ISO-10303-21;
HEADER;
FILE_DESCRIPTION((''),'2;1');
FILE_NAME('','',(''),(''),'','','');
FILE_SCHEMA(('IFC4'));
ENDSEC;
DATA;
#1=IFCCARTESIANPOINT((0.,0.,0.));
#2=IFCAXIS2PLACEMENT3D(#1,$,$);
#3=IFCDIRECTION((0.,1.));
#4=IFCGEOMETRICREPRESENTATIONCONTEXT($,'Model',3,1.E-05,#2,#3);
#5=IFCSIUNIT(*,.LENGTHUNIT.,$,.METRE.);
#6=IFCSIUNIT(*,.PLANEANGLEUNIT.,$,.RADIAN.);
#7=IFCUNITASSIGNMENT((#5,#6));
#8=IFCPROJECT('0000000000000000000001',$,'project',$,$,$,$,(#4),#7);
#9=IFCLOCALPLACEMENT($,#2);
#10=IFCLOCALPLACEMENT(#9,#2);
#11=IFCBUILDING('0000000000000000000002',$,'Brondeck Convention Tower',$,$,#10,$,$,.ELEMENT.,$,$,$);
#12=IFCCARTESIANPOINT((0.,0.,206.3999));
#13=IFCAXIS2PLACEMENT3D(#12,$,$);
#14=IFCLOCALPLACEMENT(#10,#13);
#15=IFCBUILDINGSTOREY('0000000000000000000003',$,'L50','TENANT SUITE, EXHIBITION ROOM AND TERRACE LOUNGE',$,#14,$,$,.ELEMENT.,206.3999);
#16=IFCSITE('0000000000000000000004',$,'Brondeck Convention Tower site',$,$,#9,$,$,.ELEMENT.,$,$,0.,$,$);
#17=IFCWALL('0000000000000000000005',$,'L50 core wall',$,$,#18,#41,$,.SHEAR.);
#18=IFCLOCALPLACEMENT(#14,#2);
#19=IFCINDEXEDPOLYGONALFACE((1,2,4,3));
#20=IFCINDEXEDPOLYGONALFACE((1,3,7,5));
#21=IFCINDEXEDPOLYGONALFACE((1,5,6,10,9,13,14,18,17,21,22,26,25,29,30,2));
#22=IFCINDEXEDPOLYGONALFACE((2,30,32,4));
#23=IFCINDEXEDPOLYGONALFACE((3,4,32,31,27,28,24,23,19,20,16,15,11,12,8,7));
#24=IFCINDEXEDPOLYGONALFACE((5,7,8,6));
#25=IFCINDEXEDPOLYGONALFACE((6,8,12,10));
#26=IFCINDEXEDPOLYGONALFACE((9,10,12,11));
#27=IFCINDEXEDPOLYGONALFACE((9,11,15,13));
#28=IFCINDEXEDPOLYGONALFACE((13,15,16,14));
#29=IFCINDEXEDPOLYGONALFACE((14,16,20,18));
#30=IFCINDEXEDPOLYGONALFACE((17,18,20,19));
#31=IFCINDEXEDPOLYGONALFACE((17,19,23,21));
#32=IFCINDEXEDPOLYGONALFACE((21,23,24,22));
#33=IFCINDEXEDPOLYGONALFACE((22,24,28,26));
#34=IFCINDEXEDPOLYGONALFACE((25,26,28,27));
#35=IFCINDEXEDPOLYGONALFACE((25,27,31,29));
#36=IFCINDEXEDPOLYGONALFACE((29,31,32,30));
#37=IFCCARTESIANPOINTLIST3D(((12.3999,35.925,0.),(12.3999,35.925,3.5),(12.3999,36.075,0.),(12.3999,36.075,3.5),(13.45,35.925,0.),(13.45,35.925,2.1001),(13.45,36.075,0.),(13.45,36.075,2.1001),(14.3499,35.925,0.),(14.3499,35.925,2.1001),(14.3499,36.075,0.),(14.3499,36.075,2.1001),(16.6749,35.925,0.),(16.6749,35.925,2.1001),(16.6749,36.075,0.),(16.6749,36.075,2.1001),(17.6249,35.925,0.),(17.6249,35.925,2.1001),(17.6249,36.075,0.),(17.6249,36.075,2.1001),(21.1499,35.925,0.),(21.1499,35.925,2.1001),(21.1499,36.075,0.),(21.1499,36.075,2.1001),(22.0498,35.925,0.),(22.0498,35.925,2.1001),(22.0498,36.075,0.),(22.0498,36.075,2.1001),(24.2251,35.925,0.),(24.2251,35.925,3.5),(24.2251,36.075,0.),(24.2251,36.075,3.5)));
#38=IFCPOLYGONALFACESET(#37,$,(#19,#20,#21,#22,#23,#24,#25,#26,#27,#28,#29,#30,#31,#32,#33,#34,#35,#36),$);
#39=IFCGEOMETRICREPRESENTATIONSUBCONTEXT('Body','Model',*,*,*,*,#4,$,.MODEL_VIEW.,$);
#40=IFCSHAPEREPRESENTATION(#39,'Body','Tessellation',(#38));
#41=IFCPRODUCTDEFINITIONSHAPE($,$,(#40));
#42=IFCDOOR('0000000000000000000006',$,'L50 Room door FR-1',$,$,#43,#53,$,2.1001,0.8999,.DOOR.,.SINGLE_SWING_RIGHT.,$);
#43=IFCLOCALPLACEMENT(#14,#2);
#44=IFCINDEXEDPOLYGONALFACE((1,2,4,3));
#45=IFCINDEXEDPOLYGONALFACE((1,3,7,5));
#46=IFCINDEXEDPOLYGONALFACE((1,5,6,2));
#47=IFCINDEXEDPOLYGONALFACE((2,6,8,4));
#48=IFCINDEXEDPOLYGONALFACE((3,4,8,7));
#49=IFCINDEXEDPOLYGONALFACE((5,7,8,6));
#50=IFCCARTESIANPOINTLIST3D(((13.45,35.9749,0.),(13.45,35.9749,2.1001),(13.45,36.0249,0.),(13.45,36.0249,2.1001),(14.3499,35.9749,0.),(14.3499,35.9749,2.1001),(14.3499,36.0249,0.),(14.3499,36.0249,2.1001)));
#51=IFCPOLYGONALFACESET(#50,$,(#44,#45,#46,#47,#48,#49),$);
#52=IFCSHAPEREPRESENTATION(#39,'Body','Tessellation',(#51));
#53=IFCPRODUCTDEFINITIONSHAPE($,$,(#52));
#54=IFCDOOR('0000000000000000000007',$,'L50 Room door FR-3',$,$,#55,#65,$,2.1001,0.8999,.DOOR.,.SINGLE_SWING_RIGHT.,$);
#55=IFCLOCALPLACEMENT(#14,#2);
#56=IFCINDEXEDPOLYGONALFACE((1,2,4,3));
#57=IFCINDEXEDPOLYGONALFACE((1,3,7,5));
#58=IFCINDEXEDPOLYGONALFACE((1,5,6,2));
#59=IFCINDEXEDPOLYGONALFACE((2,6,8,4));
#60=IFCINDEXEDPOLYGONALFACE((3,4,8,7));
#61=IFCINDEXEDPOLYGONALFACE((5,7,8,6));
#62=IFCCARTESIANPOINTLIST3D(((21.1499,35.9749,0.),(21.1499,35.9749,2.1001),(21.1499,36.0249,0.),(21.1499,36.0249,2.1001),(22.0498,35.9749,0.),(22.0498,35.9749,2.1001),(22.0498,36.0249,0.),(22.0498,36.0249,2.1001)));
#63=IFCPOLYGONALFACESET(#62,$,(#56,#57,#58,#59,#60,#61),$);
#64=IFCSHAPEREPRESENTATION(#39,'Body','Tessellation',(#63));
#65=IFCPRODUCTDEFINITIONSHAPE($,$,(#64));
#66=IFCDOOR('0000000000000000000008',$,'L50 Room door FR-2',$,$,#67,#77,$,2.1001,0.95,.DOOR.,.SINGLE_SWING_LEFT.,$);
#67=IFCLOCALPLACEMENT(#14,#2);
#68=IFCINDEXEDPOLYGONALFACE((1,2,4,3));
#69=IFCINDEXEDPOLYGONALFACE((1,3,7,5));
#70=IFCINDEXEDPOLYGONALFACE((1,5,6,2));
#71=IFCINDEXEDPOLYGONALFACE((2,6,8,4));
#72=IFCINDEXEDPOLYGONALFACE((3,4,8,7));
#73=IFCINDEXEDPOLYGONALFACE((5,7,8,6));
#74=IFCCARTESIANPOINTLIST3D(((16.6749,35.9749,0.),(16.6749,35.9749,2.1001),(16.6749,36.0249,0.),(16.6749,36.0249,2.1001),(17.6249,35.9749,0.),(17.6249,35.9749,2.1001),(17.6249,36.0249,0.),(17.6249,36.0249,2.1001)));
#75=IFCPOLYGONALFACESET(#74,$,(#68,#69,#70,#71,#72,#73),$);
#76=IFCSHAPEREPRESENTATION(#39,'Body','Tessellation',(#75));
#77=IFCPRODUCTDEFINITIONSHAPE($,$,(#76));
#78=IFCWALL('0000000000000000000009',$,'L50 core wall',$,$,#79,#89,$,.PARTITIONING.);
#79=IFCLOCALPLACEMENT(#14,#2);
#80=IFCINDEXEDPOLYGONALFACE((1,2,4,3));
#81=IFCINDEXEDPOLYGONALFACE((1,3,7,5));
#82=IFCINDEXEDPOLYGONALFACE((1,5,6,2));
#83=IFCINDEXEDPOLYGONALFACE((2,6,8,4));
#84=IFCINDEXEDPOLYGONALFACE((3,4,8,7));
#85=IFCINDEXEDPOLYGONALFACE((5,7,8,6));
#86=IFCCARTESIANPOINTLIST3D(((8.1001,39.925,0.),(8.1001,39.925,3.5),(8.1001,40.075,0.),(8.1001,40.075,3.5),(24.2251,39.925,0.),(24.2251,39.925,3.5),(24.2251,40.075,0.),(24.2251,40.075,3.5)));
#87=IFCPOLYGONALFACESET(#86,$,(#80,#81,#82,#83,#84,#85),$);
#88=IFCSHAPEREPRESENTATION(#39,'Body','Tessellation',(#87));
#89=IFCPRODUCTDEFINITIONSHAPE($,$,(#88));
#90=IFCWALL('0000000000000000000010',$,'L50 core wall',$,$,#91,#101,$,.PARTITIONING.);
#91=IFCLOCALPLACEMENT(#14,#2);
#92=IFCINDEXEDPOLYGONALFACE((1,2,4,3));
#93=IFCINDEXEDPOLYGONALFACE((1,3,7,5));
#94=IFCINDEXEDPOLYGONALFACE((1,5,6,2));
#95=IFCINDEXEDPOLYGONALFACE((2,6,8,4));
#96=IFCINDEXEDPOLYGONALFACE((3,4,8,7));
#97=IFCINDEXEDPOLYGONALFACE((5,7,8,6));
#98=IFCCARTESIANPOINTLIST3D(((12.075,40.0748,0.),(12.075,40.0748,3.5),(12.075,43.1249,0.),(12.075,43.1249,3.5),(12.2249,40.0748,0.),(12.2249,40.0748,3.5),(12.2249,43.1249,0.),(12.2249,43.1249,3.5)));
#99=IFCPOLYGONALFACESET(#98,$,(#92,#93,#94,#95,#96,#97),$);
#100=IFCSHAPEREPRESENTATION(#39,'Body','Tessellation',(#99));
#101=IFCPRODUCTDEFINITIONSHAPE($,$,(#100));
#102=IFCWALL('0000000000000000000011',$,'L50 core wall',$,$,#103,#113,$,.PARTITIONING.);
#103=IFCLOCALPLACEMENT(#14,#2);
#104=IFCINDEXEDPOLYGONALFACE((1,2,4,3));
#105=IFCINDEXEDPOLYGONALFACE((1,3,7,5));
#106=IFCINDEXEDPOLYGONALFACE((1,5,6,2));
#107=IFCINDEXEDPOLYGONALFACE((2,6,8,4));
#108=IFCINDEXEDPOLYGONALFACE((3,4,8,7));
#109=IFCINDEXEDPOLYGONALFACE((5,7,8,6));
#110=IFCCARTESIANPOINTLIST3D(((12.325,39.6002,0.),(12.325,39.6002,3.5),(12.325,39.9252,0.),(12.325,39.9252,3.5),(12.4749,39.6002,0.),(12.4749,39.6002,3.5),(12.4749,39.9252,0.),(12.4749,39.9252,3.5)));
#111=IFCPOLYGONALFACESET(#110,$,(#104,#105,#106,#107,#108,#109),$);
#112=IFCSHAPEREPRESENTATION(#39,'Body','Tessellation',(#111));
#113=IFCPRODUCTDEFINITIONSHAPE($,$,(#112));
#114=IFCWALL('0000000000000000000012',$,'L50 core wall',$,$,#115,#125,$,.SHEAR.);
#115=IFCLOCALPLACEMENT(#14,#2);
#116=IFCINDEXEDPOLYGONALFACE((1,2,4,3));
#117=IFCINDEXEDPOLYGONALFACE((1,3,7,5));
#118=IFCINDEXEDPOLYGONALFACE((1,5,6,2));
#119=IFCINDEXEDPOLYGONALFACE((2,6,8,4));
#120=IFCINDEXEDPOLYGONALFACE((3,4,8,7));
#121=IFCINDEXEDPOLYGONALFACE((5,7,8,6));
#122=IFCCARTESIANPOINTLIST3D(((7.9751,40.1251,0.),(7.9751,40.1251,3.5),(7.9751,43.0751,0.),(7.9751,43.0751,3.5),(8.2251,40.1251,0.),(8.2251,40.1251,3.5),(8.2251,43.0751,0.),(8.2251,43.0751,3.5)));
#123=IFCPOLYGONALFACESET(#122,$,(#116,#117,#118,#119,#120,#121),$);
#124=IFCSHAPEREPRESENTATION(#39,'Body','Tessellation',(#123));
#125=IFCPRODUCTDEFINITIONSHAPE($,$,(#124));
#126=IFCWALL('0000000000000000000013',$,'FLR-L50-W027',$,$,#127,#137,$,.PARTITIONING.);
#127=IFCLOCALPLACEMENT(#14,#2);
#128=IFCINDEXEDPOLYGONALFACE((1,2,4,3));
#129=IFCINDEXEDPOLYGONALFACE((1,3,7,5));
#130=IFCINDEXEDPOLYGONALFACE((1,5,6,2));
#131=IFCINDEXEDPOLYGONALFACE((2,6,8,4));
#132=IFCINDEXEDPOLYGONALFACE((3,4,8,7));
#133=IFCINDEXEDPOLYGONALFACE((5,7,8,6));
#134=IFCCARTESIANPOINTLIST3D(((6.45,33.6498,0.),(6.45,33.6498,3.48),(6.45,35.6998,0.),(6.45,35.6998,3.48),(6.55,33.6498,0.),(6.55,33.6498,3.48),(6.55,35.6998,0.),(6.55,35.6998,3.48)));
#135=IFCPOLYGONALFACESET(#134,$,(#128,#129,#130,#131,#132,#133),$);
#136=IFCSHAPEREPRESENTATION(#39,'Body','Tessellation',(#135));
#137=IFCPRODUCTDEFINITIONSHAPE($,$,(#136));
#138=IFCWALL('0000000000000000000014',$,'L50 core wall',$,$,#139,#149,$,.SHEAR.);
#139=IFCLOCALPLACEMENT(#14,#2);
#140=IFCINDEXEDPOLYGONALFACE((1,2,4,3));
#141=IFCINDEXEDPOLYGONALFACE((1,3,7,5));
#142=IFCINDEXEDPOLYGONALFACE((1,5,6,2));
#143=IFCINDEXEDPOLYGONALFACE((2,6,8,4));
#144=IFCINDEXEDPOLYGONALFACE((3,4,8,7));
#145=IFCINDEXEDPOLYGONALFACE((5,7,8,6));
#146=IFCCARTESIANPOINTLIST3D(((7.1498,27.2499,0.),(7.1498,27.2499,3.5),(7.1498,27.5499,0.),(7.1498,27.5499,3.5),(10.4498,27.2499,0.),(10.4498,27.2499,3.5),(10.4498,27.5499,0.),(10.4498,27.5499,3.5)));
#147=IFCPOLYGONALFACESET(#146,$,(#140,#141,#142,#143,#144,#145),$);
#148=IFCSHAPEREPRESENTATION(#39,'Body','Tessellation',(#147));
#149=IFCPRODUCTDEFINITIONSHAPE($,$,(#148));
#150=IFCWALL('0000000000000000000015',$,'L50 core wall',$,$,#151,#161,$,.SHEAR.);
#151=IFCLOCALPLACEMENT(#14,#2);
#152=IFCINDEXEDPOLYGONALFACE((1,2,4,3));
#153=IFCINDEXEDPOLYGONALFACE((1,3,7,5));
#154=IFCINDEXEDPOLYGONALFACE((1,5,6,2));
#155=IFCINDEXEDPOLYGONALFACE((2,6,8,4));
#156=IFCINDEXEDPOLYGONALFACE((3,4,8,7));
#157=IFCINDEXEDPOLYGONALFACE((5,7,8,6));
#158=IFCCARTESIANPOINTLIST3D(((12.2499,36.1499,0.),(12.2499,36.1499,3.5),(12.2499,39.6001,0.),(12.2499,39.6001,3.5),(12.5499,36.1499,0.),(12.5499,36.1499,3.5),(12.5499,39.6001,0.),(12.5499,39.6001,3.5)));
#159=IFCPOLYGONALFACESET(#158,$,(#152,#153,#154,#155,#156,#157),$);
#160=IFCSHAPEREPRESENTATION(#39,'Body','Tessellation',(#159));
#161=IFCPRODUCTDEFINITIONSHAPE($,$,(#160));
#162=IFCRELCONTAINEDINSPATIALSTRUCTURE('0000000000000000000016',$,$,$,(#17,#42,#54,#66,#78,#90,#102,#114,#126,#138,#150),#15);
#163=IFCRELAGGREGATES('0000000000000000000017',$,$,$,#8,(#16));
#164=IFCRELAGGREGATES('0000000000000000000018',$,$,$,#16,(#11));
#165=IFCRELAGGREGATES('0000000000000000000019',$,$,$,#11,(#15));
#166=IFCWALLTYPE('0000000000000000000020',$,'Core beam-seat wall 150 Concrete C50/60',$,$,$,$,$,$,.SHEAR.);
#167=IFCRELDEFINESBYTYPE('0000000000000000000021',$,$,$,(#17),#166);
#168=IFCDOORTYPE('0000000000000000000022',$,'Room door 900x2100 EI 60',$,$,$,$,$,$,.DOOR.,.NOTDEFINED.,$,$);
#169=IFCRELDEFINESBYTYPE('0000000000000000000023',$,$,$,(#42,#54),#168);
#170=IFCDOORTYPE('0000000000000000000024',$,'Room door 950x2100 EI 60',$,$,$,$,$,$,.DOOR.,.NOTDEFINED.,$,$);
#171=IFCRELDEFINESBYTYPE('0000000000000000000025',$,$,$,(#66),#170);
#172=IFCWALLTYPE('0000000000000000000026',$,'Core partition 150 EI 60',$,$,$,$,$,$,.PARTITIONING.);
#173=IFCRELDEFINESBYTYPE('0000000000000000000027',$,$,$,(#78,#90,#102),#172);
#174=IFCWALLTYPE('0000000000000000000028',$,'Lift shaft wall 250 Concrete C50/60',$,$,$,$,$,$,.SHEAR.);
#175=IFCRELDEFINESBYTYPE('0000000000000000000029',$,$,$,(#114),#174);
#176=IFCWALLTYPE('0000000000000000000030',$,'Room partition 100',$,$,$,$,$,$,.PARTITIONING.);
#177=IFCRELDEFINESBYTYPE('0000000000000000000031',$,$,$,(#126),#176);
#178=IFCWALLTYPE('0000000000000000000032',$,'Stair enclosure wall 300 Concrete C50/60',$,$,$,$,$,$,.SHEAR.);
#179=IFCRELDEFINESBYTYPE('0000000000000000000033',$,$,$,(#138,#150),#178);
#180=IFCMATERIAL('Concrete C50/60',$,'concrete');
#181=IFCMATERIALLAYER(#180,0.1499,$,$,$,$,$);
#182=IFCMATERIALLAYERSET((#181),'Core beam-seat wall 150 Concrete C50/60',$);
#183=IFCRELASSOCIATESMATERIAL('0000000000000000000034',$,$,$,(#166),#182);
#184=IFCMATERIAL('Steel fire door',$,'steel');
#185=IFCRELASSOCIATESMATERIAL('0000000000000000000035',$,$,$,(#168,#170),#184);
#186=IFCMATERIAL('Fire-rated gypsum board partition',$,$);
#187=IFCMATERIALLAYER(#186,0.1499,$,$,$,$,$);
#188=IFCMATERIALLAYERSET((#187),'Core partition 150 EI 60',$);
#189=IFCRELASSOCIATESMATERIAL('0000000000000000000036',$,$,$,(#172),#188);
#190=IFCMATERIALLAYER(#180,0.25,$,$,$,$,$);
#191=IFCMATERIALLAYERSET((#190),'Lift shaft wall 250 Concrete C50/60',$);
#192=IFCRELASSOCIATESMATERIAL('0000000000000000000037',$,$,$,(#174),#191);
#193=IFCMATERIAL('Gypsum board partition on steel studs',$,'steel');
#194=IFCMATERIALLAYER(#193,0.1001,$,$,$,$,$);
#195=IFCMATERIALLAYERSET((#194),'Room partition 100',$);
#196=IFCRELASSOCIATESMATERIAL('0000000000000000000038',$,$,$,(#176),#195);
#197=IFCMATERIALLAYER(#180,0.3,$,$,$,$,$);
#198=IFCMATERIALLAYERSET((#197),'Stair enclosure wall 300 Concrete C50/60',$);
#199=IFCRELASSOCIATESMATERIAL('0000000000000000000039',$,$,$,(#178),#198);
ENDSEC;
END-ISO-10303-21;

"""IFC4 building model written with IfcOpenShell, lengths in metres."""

from ifc_helpers import new_model, si_unit, direction, frame, frame_2d, origin, place, context, subcontext, project, spatial, rectangle, extrude, material, layer, layer_set, type_object, element, fill, save


model = new_model("IFC4")

# Units and contexts
model_context = context("Model", 3, precision=1e-05, world=origin(), true_north=direction((0.0, 1.0)))
body_context = subcontext(model_context, "Body", "Model", "MODEL_VIEW")
ifc_project = project(units=[si_unit("LENGTHUNIT", "METRE"), si_unit("PLANEANGLEUNIT", "RADIAN")], contexts=[model_context])

# Site, building, storey
site_placement = place(None, origin())
site = spatial("IfcSite", under=ifc_project, at=site_placement, Name="Brondeck Convention Tower site", CompositionType="ELEMENT", RefElevation=0.0)
building_placement = place(site_placement, origin())
building = spatial("IfcBuilding", under=site, at=building_placement, Name="Brondeck Convention Tower", CompositionType="ELEMENT")
storey_placement = place(building_placement, frame((0.0, 0.0, 206.3999)))
storey = spatial("IfcBuildingStorey", under=building, at=storey_placement, Name="L50", Description="TENANT SUITE, EXHIBITION ROOM AND TERRACE LOUNGE", CompositionType="ELEMENT", Elevation=206.3999)

# Shared definitions
ifc_material_1 = material(Name="Concrete C50/60", Category="concrete")

# Wall, openings, doors
ifc_layer_1 = layer(ifc_material_1, 0.1499)
ifc_layer_set_1 = layer_set([ifc_layer_1], Name="Core beam-seat wall 150 Concrete C50/60")
wall_type_1 = type_object("IfcWallType", Name="Core beam-seat wall 150 Concrete C50/60", PredefinedType="SHEAR", material=ifc_layer_set_1)
wall_1_placement = place(storey_placement, frame((12.3999, 36.0, 0.0), z_axis=(0.0, 0.0, 1.0), x_axis=(1.0, 0.0, 0.0)))
wall_1 = element("IfcWall", 1, at=wall_1_placement, inside=storey, type_object=wall_type_1, Name="L50 core wall", PredefinedType="SHEAR", context=body_context, shape_type="SweptSolid", body=[
    extrude(rectangle(XDim=11.8252, YDim=0.1499, at=frame_2d((5.9126, 0.0))), origin(), (0.0, 0.0, 1.0), 3.5),
])
opening_1_placement = place(wall_1_placement, frame((1.05, 0.0, 0.0)))
opening_1 = element("IfcOpeningElement", 2, at=opening_1_placement, cuts=wall_1, PredefinedType="OPENING", context=body_context, shape_type="SweptSolid", body=[
    extrude(rectangle(XDim=0.8999, YDim=2.1001, at=frame_2d((0.45, 1.05))), frame((0.0, 0.085, 0.0), z_axis=(0.0, -1.0, 0.0), x_axis=(1.0, 0.0, 0.0)), (0.0, 0.0, 1.0), 0.1699),
])
opening_2_placement = place(wall_1_placement, frame((4.2749, 0.0, 0.0)))
opening_2 = element("IfcOpeningElement", 3, at=opening_2_placement, cuts=wall_1, PredefinedType="OPENING", context=body_context, shape_type="SweptSolid", body=[
    extrude(rectangle(XDim=0.95, YDim=2.1001, at=frame_2d((0.4751, 1.05))), frame((0.0, 0.085, 0.0), z_axis=(0.0, -1.0, 0.0), x_axis=(1.0, 0.0, 0.0)), (0.0, 0.0, 1.0), 0.1699),
])
opening_3_placement = place(wall_1_placement, frame((8.75, 0.0, 0.0)))
opening_3 = element("IfcOpeningElement", 4, at=opening_3_placement, cuts=wall_1, PredefinedType="OPENING", context=body_context, shape_type="SweptSolid", body=[
    extrude(rectangle(XDim=0.8999, YDim=2.1001, at=frame_2d((0.45, 1.05))), frame((0.0, 0.085, 0.0), z_axis=(0.0, -1.0, 0.0), x_axis=(1.0, 0.0, 0.0)), (0.0, 0.0, 1.0), 0.1699),
])
ifc_material_2 = material(Name="Steel fire door", Category="steel")
door_type_1 = type_object("IfcDoorType", Name="Room door 900x2100 EI 60", OperationType="NOTDEFINED", PredefinedType="DOOR", material=ifc_material_2)
door_1_placement = place(opening_1_placement, origin())
door_1 = element("IfcDoor", 5, at=door_1_placement, inside=storey, type_object=door_type_1, Name="L50 Room door FR-1", OperationType="SINGLE_SWING_RIGHT", OverallHeight=2.1001, OverallWidth=0.8999, PredefinedType="DOOR", context=body_context, shape_type="SweptSolid", body=[
    extrude(rectangle(XDim=0.8999, YDim=2.1001, at=frame_2d((0.45, 1.05))), frame((0.0, 0.0249, 0.0), z_axis=(0.0, -1.0, 0.0), x_axis=(1.0, 0.0, 0.0)), (0.0, 0.0, 1.0), 0.05),
])
fill(opening_1, door_1)
door_2_placement = place(opening_3_placement, origin())
door_2 = element("IfcDoor", 6, at=door_2_placement, inside=storey, type_object=door_type_1, Name="L50 Room door FR-3", OperationType="SINGLE_SWING_RIGHT", OverallHeight=2.1001, OverallWidth=0.8999, PredefinedType="DOOR", context=body_context, shape_type="SweptSolid", body=[
    extrude(rectangle(XDim=0.8999, YDim=2.1001, at=frame_2d((0.45, 1.05))), frame((0.0, 0.0249, 0.0), z_axis=(0.0, -1.0, 0.0), x_axis=(1.0, 0.0, 0.0)), (0.0, 0.0, 1.0), 0.05),
])
fill(opening_3, door_2)
door_type_2 = type_object("IfcDoorType", Name="Room door 950x2100 EI 60", OperationType="NOTDEFINED", PredefinedType="DOOR", material=ifc_material_2)
door_3_placement = place(opening_2_placement, origin())
door_3 = element("IfcDoor", 7, at=door_3_placement, inside=storey, type_object=door_type_2, Name="L50 Room door FR-2", OperationType="SINGLE_SWING_LEFT", OverallHeight=2.1001, OverallWidth=0.95, PredefinedType="DOOR", context=body_context, shape_type="SweptSolid", body=[
    extrude(rectangle(XDim=0.95, YDim=2.1001, at=frame_2d((0.4751, 1.05))), frame((0.0, 0.0249, 0.0), z_axis=(0.0, -1.0, 0.0), x_axis=(1.0, 0.0, 0.0)), (0.0, 0.0, 1.0), 0.05),
])
fill(opening_2, door_3)

# Walls
ifc_material_3 = material(Name="Fire-rated gypsum board partition")
ifc_layer_2 = layer(ifc_material_3, 0.1499)
ifc_layer_set_2 = layer_set([ifc_layer_2], Name="Core partition 150 EI 60")
wall_type_2 = type_object("IfcWallType", Name="Core partition 150 EI 60", PredefinedType="PARTITIONING", material=ifc_layer_set_2)
wall_2_placement = place(storey_placement, frame((8.1001, 40.0, 0.0), z_axis=(0.0, 0.0, 1.0), x_axis=(1.0, 0.0, 0.0)))
element("IfcWall", 8, at=wall_2_placement, inside=storey, type_object=wall_type_2, Name="L50 core wall", PredefinedType="PARTITIONING", context=body_context, shape_type="SweptSolid", body=[
    extrude(rectangle(XDim=16.125, YDim=0.1499, at=frame_2d((8.0625, 0.0))), origin(), (0.0, 0.0, 1.0), 3.5),
])
wall_3_placement = place(storey_placement, frame((12.1499, 40.075, 0.0), z_axis=(0.0, 0.0, 1.0), x_axis=(0.0, 1.0, 0.0)))
element("IfcWall", 9, at=wall_3_placement, inside=storey, type_object=wall_type_2, Name="L50 core wall", PredefinedType="PARTITIONING", context=body_context, shape_type="SweptSolid", body=[
    extrude(rectangle(XDim=3.05, YDim=0.1499, at=frame_2d((1.5249, 0.0))), origin(), (0.0, 0.0, 1.0), 3.5),
])
wall_4_placement = place(storey_placement, frame((12.3999, 39.6001, 0.0), z_axis=(0.0, 0.0, 1.0), x_axis=(0.0, 1.0, 0.0)))
element("IfcWall", 10, at=wall_4_placement, inside=storey, type_object=wall_type_2, Name="L50 core wall", PredefinedType="PARTITIONING", context=body_context, shape_type="SweptSolid", body=[
    extrude(rectangle(XDim=0.325, YDim=0.1499, at=frame_2d((0.1626, 0.0))), origin(), (0.0, 0.0, 1.0), 3.5),
])
ifc_layer_3 = layer(ifc_material_1, 0.25)
ifc_layer_set_3 = layer_set([ifc_layer_3], Name="Lift shaft wall 250 Concrete C50/60")
wall_type_3 = type_object("IfcWallType", Name="Lift shaft wall 250 Concrete C50/60", PredefinedType="SHEAR", material=ifc_layer_set_3)
wall_5_placement = place(storey_placement, frame((8.1001, 40.125, 0.0), z_axis=(0.0, 0.0, 1.0), x_axis=(0.0, 1.0, 0.0)))
element("IfcWall", 11, at=wall_5_placement, inside=storey, type_object=wall_type_3, Name="L50 core wall", PredefinedType="SHEAR", context=body_context, shape_type="SweptSolid", body=[
    extrude(rectangle(XDim=2.95, YDim=0.25, at=frame_2d((1.4751, 0.0))), origin(), (0.0, 0.0, 1.0), 3.5),
])
ifc_material_4 = material(Name="Gypsum board partition on steel studs", Category="steel")
ifc_layer_4 = layer(ifc_material_4, 0.1001)
ifc_layer_set_4 = layer_set([ifc_layer_4], Name="Room partition 100")
wall_type_4 = type_object("IfcWallType", Name="Room partition 100", PredefinedType="PARTITIONING", material=ifc_layer_set_4)
wall_6_placement = place(storey_placement, frame((6.5, 33.6499, 0.0), z_axis=(0.0, 0.0, 1.0), x_axis=(0.0, 1.0, 0.0)))
element("IfcWall", 12, at=wall_6_placement, inside=storey, type_object=wall_type_4, Name="FLR-L50-W027", PredefinedType="PARTITIONING", context=body_context, shape_type="SweptSolid", body=[
    extrude(rectangle(XDim=2.05, YDim=0.1001, at=frame_2d((1.0249, 0.0))), origin(), (0.0, 0.0, 1.0), 3.48),
])
ifc_layer_5 = layer(ifc_material_1, 0.3)
ifc_layer_set_5 = layer_set([ifc_layer_5], Name="Stair enclosure wall 300 Concrete C50/60")
wall_type_5 = type_object("IfcWallType", Name="Stair enclosure wall 300 Concrete C50/60", PredefinedType="SHEAR", material=ifc_layer_set_5)
wall_7_placement = place(storey_placement, frame((7.1499, 27.3999, 0.0), z_axis=(0.0, 0.0, 1.0), x_axis=(1.0, 0.0, 0.0)))
element("IfcWall", 13, at=wall_7_placement, inside=storey, type_object=wall_type_5, Name="L50 core wall", PredefinedType="SHEAR", context=body_context, shape_type="SweptSolid", body=[
    extrude(rectangle(XDim=3.3, YDim=0.3, at=frame_2d((1.6499, 0.0))), origin(), (0.0, 0.0, 1.0), 3.5),
])
wall_8_placement = place(storey_placement, frame((12.3999, 36.1499, 0.0), z_axis=(0.0, 0.0, 1.0), x_axis=(0.0, 1.0, 0.0)))
element("IfcWall", 14, at=wall_8_placement, inside=storey, type_object=wall_type_5, Name="L50 core wall", PredefinedType="SHEAR", context=body_context, shape_type="SweptSolid", body=[
    extrude(rectangle(XDim=3.4502, YDim=0.3, at=frame_2d((1.7251, 0.0))), origin(), (0.0, 0.0, 1.0), 3.5),
])

save(model, "model.ifc")
